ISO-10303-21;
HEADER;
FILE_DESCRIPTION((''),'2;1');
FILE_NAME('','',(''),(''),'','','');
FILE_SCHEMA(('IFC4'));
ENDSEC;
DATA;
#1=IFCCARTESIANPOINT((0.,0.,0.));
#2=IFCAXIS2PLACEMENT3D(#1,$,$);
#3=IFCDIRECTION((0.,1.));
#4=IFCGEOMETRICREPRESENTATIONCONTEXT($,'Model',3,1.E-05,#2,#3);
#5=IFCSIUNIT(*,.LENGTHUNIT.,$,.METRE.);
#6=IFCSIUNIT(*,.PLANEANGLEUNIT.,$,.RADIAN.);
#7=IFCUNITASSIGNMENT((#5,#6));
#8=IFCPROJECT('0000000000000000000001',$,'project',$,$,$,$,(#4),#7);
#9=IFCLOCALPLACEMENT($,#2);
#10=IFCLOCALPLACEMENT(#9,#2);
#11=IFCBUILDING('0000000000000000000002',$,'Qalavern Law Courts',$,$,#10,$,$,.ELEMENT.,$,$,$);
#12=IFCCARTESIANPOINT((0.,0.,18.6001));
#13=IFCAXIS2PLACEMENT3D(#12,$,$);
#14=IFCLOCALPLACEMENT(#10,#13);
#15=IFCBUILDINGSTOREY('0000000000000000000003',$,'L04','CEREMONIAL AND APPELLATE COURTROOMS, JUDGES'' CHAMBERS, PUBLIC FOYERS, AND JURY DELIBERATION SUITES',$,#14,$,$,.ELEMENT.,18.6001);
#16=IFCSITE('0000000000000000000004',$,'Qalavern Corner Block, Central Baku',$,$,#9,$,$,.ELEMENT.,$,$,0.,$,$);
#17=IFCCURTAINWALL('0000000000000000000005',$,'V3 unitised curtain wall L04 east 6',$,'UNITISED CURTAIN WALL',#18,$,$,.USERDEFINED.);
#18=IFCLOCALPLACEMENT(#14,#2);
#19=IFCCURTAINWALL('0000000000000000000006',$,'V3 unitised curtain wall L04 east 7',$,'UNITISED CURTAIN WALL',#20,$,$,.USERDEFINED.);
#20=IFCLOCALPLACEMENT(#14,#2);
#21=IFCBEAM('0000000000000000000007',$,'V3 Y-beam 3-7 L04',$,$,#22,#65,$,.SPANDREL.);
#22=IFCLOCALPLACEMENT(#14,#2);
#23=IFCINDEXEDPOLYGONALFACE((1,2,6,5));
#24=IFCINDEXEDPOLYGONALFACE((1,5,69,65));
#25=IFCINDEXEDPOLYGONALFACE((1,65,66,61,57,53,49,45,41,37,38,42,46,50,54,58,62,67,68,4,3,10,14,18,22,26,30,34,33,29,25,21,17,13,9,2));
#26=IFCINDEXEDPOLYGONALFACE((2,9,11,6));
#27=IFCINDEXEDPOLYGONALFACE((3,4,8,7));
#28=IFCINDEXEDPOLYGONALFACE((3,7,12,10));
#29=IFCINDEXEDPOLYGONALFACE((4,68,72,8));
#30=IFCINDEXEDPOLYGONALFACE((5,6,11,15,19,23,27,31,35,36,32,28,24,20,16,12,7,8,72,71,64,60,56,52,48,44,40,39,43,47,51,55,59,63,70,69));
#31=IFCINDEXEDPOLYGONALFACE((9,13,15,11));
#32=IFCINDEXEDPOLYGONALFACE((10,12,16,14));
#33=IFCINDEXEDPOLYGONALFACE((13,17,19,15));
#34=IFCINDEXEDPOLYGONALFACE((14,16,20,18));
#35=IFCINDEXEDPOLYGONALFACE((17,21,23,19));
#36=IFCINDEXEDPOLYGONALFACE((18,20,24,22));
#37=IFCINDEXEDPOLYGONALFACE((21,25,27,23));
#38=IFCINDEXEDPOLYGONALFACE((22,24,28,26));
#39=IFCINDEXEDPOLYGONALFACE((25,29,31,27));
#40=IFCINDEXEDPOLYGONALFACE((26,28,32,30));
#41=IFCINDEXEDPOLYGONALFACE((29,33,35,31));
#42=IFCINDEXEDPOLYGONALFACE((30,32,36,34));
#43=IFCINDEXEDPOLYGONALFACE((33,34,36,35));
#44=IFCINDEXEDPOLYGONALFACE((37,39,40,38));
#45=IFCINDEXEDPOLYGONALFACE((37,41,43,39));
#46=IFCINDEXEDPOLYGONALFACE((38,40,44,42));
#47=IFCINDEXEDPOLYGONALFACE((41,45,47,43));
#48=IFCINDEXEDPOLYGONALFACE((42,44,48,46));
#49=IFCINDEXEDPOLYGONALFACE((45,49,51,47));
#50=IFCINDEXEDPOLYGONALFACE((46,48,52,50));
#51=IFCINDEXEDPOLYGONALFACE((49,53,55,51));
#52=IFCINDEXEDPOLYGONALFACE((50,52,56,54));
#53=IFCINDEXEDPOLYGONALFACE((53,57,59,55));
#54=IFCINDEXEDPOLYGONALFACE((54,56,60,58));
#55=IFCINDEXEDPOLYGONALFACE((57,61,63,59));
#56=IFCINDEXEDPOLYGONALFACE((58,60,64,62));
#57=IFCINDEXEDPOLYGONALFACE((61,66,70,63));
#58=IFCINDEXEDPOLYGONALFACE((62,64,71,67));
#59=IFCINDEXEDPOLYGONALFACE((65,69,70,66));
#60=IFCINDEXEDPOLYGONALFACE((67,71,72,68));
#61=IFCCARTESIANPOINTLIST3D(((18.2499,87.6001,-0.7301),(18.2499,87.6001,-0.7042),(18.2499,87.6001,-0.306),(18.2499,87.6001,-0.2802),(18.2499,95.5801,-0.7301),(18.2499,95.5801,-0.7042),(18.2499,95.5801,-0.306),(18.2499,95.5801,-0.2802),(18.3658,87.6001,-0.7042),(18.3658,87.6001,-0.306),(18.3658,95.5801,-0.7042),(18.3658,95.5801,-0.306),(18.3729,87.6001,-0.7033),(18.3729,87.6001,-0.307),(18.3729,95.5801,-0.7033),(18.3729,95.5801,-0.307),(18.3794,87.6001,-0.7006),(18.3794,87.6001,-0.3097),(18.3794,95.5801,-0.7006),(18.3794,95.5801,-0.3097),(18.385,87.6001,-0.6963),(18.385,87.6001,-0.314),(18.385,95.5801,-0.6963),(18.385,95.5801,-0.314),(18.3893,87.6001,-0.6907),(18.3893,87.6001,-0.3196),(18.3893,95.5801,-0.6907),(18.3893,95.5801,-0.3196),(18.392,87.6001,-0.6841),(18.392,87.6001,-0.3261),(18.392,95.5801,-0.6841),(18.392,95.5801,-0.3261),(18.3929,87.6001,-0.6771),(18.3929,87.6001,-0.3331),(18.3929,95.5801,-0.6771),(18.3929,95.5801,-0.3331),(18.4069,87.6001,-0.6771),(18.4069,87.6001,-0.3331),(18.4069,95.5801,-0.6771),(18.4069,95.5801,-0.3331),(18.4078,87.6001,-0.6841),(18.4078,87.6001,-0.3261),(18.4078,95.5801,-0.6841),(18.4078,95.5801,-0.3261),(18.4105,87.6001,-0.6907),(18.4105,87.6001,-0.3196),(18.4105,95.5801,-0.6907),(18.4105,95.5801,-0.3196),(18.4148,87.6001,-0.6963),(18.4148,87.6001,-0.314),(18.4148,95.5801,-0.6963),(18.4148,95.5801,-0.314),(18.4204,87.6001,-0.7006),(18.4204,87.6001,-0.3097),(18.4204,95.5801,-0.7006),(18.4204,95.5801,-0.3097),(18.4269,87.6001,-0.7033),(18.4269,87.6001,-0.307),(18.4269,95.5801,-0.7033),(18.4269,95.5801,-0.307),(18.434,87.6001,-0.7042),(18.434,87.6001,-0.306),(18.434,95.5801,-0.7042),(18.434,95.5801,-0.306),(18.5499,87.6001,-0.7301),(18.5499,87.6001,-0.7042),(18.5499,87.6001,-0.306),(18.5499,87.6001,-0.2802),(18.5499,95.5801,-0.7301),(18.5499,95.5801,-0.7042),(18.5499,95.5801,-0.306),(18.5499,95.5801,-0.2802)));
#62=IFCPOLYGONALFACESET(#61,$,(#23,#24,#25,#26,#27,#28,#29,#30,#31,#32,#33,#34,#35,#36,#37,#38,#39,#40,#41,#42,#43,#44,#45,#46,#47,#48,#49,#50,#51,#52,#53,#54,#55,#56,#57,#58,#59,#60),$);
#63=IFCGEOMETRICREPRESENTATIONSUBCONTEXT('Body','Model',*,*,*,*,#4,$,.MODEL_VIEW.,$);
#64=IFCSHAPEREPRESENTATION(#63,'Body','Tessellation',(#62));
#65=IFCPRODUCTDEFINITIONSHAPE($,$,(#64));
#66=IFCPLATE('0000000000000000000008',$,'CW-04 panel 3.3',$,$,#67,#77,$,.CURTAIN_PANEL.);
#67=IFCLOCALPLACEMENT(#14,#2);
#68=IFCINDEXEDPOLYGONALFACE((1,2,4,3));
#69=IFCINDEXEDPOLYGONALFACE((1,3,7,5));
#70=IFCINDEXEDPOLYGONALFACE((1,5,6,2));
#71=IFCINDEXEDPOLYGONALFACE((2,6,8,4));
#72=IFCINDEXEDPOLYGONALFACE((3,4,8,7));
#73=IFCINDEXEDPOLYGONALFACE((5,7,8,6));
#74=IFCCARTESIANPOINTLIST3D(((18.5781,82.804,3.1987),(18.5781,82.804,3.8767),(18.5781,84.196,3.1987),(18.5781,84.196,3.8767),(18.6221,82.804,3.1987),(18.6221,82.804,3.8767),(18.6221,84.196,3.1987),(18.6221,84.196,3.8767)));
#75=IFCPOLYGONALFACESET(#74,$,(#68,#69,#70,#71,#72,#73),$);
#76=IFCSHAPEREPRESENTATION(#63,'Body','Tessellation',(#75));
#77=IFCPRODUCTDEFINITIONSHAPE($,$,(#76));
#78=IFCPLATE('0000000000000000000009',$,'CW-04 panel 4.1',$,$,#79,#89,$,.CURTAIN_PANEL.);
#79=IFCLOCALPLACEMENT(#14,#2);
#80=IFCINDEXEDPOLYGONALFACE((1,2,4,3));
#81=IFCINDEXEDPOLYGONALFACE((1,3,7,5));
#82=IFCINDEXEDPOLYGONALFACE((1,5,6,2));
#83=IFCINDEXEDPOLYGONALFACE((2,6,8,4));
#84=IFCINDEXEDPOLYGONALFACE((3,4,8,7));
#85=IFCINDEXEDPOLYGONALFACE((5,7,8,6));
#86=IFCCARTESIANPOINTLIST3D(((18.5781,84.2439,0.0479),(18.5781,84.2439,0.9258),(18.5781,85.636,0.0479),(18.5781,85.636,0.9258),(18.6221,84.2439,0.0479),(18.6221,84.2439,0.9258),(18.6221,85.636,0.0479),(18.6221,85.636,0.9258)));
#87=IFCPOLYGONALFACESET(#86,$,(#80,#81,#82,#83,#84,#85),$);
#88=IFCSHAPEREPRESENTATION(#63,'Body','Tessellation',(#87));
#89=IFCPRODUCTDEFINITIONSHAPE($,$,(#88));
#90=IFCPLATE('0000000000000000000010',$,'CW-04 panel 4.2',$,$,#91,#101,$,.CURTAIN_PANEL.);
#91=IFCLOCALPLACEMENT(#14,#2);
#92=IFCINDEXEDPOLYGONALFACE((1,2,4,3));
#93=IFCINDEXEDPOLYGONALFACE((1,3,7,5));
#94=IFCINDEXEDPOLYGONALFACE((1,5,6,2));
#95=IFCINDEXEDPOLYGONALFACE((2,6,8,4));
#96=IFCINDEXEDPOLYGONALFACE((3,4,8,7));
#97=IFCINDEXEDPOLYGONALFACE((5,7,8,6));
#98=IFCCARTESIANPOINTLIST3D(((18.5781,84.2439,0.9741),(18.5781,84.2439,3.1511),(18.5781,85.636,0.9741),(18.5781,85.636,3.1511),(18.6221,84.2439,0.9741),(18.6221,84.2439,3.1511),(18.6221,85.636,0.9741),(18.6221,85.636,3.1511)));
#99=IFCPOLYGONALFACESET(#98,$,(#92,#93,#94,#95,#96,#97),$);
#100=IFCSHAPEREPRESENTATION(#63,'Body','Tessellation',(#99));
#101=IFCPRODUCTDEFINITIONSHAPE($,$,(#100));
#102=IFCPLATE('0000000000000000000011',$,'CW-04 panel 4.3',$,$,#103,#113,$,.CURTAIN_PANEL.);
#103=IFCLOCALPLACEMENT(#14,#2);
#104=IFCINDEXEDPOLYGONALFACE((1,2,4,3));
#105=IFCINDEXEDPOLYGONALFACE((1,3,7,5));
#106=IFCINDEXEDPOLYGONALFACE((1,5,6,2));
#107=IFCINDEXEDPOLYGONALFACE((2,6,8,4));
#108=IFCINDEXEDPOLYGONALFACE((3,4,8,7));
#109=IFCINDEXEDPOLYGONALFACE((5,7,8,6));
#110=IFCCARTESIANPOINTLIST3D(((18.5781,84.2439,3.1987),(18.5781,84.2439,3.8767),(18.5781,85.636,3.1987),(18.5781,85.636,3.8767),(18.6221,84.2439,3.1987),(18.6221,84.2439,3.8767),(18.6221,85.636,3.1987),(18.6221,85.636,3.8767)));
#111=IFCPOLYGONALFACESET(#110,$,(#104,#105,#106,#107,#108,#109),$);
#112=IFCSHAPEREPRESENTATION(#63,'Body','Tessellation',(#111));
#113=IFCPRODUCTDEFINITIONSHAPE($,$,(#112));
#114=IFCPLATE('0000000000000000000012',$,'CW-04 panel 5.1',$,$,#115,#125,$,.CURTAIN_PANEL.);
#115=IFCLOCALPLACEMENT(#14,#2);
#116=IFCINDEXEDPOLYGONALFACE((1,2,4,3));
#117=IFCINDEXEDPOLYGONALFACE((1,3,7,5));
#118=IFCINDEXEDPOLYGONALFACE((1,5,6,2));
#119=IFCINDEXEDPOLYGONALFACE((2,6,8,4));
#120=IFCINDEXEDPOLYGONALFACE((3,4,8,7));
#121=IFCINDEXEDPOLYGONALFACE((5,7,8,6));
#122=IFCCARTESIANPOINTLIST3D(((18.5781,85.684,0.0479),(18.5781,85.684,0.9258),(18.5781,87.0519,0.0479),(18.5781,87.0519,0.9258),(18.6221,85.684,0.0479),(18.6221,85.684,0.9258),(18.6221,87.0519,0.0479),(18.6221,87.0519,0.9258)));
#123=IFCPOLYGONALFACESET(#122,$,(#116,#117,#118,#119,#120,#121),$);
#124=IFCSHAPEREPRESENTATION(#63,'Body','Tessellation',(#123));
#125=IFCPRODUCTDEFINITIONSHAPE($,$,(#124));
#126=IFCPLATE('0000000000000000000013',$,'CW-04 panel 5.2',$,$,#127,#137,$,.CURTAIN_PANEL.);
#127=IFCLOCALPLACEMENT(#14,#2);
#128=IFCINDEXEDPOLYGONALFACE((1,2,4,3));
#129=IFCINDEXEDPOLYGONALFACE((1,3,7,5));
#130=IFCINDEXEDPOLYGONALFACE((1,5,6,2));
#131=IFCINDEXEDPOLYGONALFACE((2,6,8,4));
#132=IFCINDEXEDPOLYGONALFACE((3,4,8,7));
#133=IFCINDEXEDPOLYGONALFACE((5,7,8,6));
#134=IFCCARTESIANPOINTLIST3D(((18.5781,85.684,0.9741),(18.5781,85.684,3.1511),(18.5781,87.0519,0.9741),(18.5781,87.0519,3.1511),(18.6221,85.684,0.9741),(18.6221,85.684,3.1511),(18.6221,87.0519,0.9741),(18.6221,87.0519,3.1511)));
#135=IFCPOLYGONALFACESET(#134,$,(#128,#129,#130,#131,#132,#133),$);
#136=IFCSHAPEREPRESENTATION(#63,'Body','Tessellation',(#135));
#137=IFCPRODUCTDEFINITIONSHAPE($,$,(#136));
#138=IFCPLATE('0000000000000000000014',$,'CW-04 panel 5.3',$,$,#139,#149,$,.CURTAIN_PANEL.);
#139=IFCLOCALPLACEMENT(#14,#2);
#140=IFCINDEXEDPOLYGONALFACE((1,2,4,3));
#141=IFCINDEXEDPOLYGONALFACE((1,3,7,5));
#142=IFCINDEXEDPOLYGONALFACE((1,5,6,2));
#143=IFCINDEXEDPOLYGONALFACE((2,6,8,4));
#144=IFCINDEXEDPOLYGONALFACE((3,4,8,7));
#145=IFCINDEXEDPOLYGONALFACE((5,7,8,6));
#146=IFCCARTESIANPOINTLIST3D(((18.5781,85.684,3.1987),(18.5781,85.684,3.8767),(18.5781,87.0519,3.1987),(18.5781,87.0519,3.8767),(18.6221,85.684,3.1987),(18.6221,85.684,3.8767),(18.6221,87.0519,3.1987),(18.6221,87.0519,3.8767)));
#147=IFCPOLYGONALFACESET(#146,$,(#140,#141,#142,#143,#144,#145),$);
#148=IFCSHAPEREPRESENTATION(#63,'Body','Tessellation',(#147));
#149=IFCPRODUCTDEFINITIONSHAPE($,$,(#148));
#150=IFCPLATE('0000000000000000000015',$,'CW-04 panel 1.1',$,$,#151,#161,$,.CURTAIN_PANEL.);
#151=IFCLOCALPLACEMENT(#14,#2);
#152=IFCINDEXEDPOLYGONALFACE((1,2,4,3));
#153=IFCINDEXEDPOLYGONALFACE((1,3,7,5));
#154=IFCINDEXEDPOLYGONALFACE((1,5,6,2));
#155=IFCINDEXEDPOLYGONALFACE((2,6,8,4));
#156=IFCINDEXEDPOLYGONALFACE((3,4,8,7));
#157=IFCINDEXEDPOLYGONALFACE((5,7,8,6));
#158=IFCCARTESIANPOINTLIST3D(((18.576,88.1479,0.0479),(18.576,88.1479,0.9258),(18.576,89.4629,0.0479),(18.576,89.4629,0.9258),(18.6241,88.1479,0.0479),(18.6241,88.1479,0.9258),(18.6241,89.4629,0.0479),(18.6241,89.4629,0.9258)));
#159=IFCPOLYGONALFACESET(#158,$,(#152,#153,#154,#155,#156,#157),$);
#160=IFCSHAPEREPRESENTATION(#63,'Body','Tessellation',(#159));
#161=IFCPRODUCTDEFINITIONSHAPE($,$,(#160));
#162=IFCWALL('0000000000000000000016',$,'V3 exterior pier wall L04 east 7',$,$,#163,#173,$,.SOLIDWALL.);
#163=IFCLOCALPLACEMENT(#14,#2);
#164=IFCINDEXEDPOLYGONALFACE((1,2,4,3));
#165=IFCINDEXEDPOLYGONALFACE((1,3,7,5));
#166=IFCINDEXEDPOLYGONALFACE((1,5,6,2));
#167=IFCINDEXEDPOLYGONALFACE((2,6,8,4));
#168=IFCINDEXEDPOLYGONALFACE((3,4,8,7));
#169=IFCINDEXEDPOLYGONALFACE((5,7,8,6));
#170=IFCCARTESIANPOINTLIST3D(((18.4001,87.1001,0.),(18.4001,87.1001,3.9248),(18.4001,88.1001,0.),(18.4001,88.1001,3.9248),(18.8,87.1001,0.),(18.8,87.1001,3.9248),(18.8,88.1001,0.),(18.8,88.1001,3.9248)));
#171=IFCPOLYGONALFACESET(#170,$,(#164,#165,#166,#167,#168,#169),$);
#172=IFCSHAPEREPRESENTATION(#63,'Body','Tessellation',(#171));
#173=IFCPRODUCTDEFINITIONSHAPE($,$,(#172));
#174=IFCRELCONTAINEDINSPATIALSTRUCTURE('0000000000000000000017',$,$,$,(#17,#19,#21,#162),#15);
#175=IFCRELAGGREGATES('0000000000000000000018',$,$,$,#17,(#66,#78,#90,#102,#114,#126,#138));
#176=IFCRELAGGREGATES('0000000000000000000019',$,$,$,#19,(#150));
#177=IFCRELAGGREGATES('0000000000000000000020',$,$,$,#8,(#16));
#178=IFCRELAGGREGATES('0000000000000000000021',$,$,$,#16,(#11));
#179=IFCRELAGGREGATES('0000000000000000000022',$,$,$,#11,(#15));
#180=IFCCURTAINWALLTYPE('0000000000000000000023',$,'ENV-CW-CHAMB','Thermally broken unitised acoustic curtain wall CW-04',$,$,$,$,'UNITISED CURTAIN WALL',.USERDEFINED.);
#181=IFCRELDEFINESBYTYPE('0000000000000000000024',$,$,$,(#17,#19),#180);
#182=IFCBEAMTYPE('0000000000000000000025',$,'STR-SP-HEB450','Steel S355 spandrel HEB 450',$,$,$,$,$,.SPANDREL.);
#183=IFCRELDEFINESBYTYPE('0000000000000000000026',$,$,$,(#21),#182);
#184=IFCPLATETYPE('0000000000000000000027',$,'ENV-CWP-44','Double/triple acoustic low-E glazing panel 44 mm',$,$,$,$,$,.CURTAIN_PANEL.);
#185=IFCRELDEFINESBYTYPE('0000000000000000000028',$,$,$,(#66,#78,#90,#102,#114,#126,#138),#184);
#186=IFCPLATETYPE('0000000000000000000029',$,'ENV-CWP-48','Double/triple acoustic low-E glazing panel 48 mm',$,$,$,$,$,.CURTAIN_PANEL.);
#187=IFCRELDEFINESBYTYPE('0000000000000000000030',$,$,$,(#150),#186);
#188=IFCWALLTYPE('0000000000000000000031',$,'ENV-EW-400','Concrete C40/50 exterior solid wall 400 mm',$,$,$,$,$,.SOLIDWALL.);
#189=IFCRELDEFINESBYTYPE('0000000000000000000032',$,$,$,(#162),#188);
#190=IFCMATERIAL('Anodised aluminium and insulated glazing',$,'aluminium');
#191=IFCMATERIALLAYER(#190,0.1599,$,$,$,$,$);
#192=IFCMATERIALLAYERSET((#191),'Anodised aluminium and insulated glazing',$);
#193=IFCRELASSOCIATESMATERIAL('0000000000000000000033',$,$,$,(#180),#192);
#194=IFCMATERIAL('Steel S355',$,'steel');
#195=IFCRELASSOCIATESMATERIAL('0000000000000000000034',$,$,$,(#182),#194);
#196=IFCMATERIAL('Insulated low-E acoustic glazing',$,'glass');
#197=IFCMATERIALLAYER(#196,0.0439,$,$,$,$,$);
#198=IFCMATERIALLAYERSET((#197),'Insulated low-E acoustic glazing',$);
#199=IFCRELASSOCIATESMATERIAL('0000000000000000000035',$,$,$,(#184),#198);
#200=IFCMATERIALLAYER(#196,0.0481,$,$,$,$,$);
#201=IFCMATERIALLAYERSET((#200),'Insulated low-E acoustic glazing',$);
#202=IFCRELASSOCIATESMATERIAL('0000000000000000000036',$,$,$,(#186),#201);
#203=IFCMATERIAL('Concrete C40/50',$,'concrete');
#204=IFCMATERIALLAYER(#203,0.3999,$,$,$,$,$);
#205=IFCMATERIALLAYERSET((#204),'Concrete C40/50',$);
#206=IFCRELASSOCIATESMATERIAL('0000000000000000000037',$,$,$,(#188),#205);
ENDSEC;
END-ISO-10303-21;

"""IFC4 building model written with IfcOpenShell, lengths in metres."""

from ifc_helpers import new_model, si_unit, direction, frame, frame_2d, origin, origin_2d, place, context, subcontext, project, spatial, rectangle, i_section, extrude, material, layer, layer_set, material_profile, profile_set, type_object, element, aggregate, save


model = new_model("IFC4")

# Units and contexts
model_context = context("Model", 3, precision=1e-05, world=origin(), true_north=direction((0.0, 1.0)))
body_context = subcontext(model_context, "Body", "Model", "MODEL_VIEW")
ifc_project = project(units=[si_unit("LENGTHUNIT", "METRE"), si_unit("PLANEANGLEUNIT", "RADIAN")], contexts=[model_context])

# Site, building, storey
site_placement = place(None, origin())
site = spatial("IfcSite", under=ifc_project, at=site_placement, Name="Qalavern Corner Block, Central Baku", CompositionType="ELEMENT", RefElevation=0.0)
building_placement = place(site_placement, origin())
building = spatial("IfcBuilding", under=site, at=building_placement, Name="Qalavern Law Courts", CompositionType="ELEMENT")
storey_placement = place(building_placement, frame((0.0, 0.0, 18.6001)))
storey = spatial("IfcBuildingStorey", under=building, at=storey_placement, Name="L04", Description="CEREMONIAL AND APPELLATE COURTROOMS, JUDGES' CHAMBERS, PUBLIC FOYERS, AND JURY DELIBERATION SUITES", CompositionType="ELEMENT", Elevation=18.6001)

# Curtain wall
ifc_material_1 = material(Name="Anodised aluminium and insulated glazing", Category="aluminium")
ifc_layer_1 = layer(ifc_material_1, 0.1599)
ifc_layer_set_1 = layer_set([ifc_layer_1], Name="Anodised aluminium and insulated glazing")
curtain_wall_type = type_object("IfcCurtainWallType", Name="ENV-CW-CHAMB", Description="Thermally broken unitised acoustic curtain wall CW-04", ElementType="UNITISED CURTAIN WALL", PredefinedType="USERDEFINED", material=ifc_layer_set_1)
curtain_wall_1_placement = place(storey_placement, origin())
curtain_wall_1 = element("IfcCurtainWall", 1, at=curtain_wall_1_placement, inside=storey, type_object=curtain_wall_type, Name="V3 unitised curtain wall L04 east 6", ObjectType="UNITISED CURTAIN WALL", PredefinedType="USERDEFINED")

# Curtain wall
curtain_wall_2_placement = place(storey_placement, origin())
curtain_wall_2 = element("IfcCurtainWall", 2, at=curtain_wall_2_placement, inside=storey, type_object=curtain_wall_type, Name="V3 unitised curtain wall L04 east 7", ObjectType="UNITISED CURTAIN WALL", PredefinedType="USERDEFINED")

# Beam
ifc_material_2 = material(Name="Steel S355", Category="steel")
ifc_material_profile_1 = material_profile(ifc_material_2, i_section(OverallWidth=0.3, OverallDepth=0.45, WebThickness=0.0139, FlangeThickness=0.0259, FilletRadius=0.0271, at=origin_2d()), Name="HEB 450")
ifc_profile_set_1 = profile_set([ifc_material_profile_1], Name="Steel S355")
beam_type_1 = type_object("IfcBeamType", Name="STR-SP-HEB450", Description="Steel S355 spandrel HEB 450", PredefinedType="SPANDREL", material=ifc_profile_set_1)
beam_1_placement = place(storey_placement, frame((18.3999, 87.6001, -0.5051), z_axis=(0.0, 1.0, 0.0), x_axis=(-1.0, 0.0, 0.0)))
element("IfcBeam", 3, at=beam_1_placement, inside=storey, type_object=beam_type_1, Name="V3 Y-beam 3-7 L04", PredefinedType="SPANDREL", context=body_context, shape_type="SweptSolid", body=[
    extrude(i_section(OverallWidth=0.3, OverallDepth=0.45, WebThickness=0.0139, FlangeThickness=0.0259, FilletRadius=0.0271, at=origin_2d()), origin(), (0.0, 0.0, 1.0), 7.98),
])

# Plates
ifc_material_3 = material(Name="Insulated low-E acoustic glazing", Category="glass")
ifc_layer_2 = layer(ifc_material_3, 0.0439)
ifc_layer_set_2 = layer_set([ifc_layer_2], Name="Insulated low-E acoustic glazing")
plate_type_1 = type_object("IfcPlateType", Name="ENV-CWP-44", Description="Double/triple acoustic low-E glazing panel 44 mm", PredefinedType="CURTAIN_PANEL", material=ifc_layer_set_2)
plate_1_placement = place(storey_placement, frame((18.6001, 83.5, 3.1987), z_axis=(0.0, 0.0, 1.0), x_axis=(0.0, 1.0, 0.0)))
plate_1 = element("IfcPlate", 4, at=plate_1_placement, type_object=plate_type_1, Name="CW-04 panel 3.3", PredefinedType="CURTAIN_PANEL", context=body_context, shape_type="SweptSolid", body=[
    extrude(rectangle(XDim=1.3921, YDim=0.0439, at=origin_2d()), origin(), (0.0, 0.0, 1.0), 0.678),
])
plate_2_placement = place(storey_placement, frame((18.6001, 84.9399, 0.0479), z_axis=(0.0, 0.0, 1.0), x_axis=(0.0, 1.0, 0.0)))
plate_2 = element("IfcPlate", 5, at=plate_2_placement, type_object=plate_type_1, Name="CW-04 panel 4.1", PredefinedType="CURTAIN_PANEL", context=body_context, shape_type="SweptSolid", body=[
    extrude(rectangle(XDim=1.3921, YDim=0.0439, at=origin_2d()), origin(), (0.0, 0.0, 1.0), 0.8779),
])
plate_3_placement = place(storey_placement, frame((18.6001, 84.9399, 0.9741), z_axis=(0.0, 0.0, 1.0), x_axis=(0.0, 1.0, 0.0)))
plate_3 = element("IfcPlate", 6, at=plate_3_placement, type_object=plate_type_1, Name="CW-04 panel 4.2", PredefinedType="CURTAIN_PANEL", context=body_context, shape_type="SweptSolid", body=[
    extrude(rectangle(XDim=1.3921, YDim=0.0439, at=origin_2d()), origin(), (0.0, 0.0, 1.0), 2.177),
])
plate_4_placement = place(storey_placement, frame((18.6001, 84.9399, 3.1987), z_axis=(0.0, 0.0, 1.0), x_axis=(0.0, 1.0, 0.0)))
plate_4 = element("IfcPlate", 7, at=plate_4_placement, type_object=plate_type_1, Name="CW-04 panel 4.3", PredefinedType="CURTAIN_PANEL", context=body_context, shape_type="SweptSolid", body=[
    extrude(rectangle(XDim=1.3921, YDim=0.0439, at=origin_2d()), origin(), (0.0, 0.0, 1.0), 0.678),
])
plate_5_placement = place(storey_placement, frame((18.6001, 86.3679, 0.0479), z_axis=(0.0, 0.0, 1.0), x_axis=(0.0, 1.0, 0.0)))
plate_5 = element("IfcPlate", 8, at=plate_5_placement, type_object=plate_type_1, Name="CW-04 panel 5.1", PredefinedType="CURTAIN_PANEL", context=body_context, shape_type="SweptSolid", body=[
    extrude(rectangle(XDim=1.3679, YDim=0.0439, at=origin_2d()), origin(), (0.0, 0.0, 1.0), 0.8779),
])
plate_6_placement = place(storey_placement, frame((18.6001, 86.3679, 0.9741), z_axis=(0.0, 0.0, 1.0), x_axis=(0.0, 1.0, 0.0)))
plate_6 = element("IfcPlate", 9, at=plate_6_placement, type_object=plate_type_1, Name="CW-04 panel 5.2", PredefinedType="CURTAIN_PANEL", context=body_context, shape_type="SweptSolid", body=[
    extrude(rectangle(XDim=1.3679, YDim=0.0439, at=origin_2d()), origin(), (0.0, 0.0, 1.0), 2.177),
])
plate_7_placement = place(storey_placement, frame((18.6001, 86.3679, 3.1987), z_axis=(0.0, 0.0, 1.0), x_axis=(0.0, 1.0, 0.0)))
plate_7 = element("IfcPlate", 10, at=plate_7_placement, type_object=plate_type_1, Name="CW-04 panel 5.3", PredefinedType="CURTAIN_PANEL", context=body_context, shape_type="SweptSolid", body=[
    extrude(rectangle(XDim=1.3679, YDim=0.0439, at=origin_2d()), origin(), (0.0, 0.0, 1.0), 0.678),
])
aggregate(curtain_wall_1, [plate_1, plate_2, plate_3, plate_4, plate_5, plate_6, plate_7])
ifc_layer_3 = layer(ifc_material_3, 0.0481)
ifc_layer_set_3 = layer_set([ifc_layer_3], Name="Insulated low-E acoustic glazing")
plate_type_2 = type_object("IfcPlateType", Name="ENV-CWP-48", Description="Double/triple acoustic low-E glazing panel 48 mm", PredefinedType="CURTAIN_PANEL", material=ifc_layer_set_3)
plate_8_placement = place(storey_placement, frame((18.6001, 88.8054, 0.0479), z_axis=(0.0, 0.0, 1.0), x_axis=(0.0, 1.0, 0.0)))
plate_8 = element("IfcPlate", 11, at=plate_8_placement, type_object=plate_type_2, Name="CW-04 panel 1.1", PredefinedType="CURTAIN_PANEL", context=body_context, shape_type="SweptSolid", body=[
    extrude(rectangle(XDim=1.3149, YDim=0.0481, at=origin_2d()), origin(), (0.0, 0.0, 1.0), 0.8779),
])
aggregate(curtain_wall_2, [plate_8])

# Wall
ifc_material_4 = material(Name="Concrete C40/50", Category="concrete")
ifc_layer_4 = layer(ifc_material_4, 0.3999)
ifc_layer_set_4 = layer_set([ifc_layer_4], Name="Concrete C40/50")
wall_type_1 = type_object("IfcWallType", Name="ENV-EW-400", Description="Concrete C40/50 exterior solid wall 400 mm", PredefinedType="SOLIDWALL", material=ifc_layer_set_4)
wall_1_placement = place(storey_placement, frame((18.6001, 87.1001, 0.0), z_axis=(0.0, 0.0, 1.0), x_axis=(0.0, 1.0, 0.0)))
element("IfcWall", 12, at=wall_1_placement, inside=storey, type_object=wall_type_1, Name="V3 exterior pier wall L04 east 7", PredefinedType="SOLIDWALL", context=body_context, shape_type="SweptSolid", body=[
    extrude(rectangle(XDim=1.0, YDim=0.3999, at=frame_2d((0.5, 0.0))), origin(), (0.0, 0.0, 1.0), 3.9248),
])

save(model, "model.ifc")
